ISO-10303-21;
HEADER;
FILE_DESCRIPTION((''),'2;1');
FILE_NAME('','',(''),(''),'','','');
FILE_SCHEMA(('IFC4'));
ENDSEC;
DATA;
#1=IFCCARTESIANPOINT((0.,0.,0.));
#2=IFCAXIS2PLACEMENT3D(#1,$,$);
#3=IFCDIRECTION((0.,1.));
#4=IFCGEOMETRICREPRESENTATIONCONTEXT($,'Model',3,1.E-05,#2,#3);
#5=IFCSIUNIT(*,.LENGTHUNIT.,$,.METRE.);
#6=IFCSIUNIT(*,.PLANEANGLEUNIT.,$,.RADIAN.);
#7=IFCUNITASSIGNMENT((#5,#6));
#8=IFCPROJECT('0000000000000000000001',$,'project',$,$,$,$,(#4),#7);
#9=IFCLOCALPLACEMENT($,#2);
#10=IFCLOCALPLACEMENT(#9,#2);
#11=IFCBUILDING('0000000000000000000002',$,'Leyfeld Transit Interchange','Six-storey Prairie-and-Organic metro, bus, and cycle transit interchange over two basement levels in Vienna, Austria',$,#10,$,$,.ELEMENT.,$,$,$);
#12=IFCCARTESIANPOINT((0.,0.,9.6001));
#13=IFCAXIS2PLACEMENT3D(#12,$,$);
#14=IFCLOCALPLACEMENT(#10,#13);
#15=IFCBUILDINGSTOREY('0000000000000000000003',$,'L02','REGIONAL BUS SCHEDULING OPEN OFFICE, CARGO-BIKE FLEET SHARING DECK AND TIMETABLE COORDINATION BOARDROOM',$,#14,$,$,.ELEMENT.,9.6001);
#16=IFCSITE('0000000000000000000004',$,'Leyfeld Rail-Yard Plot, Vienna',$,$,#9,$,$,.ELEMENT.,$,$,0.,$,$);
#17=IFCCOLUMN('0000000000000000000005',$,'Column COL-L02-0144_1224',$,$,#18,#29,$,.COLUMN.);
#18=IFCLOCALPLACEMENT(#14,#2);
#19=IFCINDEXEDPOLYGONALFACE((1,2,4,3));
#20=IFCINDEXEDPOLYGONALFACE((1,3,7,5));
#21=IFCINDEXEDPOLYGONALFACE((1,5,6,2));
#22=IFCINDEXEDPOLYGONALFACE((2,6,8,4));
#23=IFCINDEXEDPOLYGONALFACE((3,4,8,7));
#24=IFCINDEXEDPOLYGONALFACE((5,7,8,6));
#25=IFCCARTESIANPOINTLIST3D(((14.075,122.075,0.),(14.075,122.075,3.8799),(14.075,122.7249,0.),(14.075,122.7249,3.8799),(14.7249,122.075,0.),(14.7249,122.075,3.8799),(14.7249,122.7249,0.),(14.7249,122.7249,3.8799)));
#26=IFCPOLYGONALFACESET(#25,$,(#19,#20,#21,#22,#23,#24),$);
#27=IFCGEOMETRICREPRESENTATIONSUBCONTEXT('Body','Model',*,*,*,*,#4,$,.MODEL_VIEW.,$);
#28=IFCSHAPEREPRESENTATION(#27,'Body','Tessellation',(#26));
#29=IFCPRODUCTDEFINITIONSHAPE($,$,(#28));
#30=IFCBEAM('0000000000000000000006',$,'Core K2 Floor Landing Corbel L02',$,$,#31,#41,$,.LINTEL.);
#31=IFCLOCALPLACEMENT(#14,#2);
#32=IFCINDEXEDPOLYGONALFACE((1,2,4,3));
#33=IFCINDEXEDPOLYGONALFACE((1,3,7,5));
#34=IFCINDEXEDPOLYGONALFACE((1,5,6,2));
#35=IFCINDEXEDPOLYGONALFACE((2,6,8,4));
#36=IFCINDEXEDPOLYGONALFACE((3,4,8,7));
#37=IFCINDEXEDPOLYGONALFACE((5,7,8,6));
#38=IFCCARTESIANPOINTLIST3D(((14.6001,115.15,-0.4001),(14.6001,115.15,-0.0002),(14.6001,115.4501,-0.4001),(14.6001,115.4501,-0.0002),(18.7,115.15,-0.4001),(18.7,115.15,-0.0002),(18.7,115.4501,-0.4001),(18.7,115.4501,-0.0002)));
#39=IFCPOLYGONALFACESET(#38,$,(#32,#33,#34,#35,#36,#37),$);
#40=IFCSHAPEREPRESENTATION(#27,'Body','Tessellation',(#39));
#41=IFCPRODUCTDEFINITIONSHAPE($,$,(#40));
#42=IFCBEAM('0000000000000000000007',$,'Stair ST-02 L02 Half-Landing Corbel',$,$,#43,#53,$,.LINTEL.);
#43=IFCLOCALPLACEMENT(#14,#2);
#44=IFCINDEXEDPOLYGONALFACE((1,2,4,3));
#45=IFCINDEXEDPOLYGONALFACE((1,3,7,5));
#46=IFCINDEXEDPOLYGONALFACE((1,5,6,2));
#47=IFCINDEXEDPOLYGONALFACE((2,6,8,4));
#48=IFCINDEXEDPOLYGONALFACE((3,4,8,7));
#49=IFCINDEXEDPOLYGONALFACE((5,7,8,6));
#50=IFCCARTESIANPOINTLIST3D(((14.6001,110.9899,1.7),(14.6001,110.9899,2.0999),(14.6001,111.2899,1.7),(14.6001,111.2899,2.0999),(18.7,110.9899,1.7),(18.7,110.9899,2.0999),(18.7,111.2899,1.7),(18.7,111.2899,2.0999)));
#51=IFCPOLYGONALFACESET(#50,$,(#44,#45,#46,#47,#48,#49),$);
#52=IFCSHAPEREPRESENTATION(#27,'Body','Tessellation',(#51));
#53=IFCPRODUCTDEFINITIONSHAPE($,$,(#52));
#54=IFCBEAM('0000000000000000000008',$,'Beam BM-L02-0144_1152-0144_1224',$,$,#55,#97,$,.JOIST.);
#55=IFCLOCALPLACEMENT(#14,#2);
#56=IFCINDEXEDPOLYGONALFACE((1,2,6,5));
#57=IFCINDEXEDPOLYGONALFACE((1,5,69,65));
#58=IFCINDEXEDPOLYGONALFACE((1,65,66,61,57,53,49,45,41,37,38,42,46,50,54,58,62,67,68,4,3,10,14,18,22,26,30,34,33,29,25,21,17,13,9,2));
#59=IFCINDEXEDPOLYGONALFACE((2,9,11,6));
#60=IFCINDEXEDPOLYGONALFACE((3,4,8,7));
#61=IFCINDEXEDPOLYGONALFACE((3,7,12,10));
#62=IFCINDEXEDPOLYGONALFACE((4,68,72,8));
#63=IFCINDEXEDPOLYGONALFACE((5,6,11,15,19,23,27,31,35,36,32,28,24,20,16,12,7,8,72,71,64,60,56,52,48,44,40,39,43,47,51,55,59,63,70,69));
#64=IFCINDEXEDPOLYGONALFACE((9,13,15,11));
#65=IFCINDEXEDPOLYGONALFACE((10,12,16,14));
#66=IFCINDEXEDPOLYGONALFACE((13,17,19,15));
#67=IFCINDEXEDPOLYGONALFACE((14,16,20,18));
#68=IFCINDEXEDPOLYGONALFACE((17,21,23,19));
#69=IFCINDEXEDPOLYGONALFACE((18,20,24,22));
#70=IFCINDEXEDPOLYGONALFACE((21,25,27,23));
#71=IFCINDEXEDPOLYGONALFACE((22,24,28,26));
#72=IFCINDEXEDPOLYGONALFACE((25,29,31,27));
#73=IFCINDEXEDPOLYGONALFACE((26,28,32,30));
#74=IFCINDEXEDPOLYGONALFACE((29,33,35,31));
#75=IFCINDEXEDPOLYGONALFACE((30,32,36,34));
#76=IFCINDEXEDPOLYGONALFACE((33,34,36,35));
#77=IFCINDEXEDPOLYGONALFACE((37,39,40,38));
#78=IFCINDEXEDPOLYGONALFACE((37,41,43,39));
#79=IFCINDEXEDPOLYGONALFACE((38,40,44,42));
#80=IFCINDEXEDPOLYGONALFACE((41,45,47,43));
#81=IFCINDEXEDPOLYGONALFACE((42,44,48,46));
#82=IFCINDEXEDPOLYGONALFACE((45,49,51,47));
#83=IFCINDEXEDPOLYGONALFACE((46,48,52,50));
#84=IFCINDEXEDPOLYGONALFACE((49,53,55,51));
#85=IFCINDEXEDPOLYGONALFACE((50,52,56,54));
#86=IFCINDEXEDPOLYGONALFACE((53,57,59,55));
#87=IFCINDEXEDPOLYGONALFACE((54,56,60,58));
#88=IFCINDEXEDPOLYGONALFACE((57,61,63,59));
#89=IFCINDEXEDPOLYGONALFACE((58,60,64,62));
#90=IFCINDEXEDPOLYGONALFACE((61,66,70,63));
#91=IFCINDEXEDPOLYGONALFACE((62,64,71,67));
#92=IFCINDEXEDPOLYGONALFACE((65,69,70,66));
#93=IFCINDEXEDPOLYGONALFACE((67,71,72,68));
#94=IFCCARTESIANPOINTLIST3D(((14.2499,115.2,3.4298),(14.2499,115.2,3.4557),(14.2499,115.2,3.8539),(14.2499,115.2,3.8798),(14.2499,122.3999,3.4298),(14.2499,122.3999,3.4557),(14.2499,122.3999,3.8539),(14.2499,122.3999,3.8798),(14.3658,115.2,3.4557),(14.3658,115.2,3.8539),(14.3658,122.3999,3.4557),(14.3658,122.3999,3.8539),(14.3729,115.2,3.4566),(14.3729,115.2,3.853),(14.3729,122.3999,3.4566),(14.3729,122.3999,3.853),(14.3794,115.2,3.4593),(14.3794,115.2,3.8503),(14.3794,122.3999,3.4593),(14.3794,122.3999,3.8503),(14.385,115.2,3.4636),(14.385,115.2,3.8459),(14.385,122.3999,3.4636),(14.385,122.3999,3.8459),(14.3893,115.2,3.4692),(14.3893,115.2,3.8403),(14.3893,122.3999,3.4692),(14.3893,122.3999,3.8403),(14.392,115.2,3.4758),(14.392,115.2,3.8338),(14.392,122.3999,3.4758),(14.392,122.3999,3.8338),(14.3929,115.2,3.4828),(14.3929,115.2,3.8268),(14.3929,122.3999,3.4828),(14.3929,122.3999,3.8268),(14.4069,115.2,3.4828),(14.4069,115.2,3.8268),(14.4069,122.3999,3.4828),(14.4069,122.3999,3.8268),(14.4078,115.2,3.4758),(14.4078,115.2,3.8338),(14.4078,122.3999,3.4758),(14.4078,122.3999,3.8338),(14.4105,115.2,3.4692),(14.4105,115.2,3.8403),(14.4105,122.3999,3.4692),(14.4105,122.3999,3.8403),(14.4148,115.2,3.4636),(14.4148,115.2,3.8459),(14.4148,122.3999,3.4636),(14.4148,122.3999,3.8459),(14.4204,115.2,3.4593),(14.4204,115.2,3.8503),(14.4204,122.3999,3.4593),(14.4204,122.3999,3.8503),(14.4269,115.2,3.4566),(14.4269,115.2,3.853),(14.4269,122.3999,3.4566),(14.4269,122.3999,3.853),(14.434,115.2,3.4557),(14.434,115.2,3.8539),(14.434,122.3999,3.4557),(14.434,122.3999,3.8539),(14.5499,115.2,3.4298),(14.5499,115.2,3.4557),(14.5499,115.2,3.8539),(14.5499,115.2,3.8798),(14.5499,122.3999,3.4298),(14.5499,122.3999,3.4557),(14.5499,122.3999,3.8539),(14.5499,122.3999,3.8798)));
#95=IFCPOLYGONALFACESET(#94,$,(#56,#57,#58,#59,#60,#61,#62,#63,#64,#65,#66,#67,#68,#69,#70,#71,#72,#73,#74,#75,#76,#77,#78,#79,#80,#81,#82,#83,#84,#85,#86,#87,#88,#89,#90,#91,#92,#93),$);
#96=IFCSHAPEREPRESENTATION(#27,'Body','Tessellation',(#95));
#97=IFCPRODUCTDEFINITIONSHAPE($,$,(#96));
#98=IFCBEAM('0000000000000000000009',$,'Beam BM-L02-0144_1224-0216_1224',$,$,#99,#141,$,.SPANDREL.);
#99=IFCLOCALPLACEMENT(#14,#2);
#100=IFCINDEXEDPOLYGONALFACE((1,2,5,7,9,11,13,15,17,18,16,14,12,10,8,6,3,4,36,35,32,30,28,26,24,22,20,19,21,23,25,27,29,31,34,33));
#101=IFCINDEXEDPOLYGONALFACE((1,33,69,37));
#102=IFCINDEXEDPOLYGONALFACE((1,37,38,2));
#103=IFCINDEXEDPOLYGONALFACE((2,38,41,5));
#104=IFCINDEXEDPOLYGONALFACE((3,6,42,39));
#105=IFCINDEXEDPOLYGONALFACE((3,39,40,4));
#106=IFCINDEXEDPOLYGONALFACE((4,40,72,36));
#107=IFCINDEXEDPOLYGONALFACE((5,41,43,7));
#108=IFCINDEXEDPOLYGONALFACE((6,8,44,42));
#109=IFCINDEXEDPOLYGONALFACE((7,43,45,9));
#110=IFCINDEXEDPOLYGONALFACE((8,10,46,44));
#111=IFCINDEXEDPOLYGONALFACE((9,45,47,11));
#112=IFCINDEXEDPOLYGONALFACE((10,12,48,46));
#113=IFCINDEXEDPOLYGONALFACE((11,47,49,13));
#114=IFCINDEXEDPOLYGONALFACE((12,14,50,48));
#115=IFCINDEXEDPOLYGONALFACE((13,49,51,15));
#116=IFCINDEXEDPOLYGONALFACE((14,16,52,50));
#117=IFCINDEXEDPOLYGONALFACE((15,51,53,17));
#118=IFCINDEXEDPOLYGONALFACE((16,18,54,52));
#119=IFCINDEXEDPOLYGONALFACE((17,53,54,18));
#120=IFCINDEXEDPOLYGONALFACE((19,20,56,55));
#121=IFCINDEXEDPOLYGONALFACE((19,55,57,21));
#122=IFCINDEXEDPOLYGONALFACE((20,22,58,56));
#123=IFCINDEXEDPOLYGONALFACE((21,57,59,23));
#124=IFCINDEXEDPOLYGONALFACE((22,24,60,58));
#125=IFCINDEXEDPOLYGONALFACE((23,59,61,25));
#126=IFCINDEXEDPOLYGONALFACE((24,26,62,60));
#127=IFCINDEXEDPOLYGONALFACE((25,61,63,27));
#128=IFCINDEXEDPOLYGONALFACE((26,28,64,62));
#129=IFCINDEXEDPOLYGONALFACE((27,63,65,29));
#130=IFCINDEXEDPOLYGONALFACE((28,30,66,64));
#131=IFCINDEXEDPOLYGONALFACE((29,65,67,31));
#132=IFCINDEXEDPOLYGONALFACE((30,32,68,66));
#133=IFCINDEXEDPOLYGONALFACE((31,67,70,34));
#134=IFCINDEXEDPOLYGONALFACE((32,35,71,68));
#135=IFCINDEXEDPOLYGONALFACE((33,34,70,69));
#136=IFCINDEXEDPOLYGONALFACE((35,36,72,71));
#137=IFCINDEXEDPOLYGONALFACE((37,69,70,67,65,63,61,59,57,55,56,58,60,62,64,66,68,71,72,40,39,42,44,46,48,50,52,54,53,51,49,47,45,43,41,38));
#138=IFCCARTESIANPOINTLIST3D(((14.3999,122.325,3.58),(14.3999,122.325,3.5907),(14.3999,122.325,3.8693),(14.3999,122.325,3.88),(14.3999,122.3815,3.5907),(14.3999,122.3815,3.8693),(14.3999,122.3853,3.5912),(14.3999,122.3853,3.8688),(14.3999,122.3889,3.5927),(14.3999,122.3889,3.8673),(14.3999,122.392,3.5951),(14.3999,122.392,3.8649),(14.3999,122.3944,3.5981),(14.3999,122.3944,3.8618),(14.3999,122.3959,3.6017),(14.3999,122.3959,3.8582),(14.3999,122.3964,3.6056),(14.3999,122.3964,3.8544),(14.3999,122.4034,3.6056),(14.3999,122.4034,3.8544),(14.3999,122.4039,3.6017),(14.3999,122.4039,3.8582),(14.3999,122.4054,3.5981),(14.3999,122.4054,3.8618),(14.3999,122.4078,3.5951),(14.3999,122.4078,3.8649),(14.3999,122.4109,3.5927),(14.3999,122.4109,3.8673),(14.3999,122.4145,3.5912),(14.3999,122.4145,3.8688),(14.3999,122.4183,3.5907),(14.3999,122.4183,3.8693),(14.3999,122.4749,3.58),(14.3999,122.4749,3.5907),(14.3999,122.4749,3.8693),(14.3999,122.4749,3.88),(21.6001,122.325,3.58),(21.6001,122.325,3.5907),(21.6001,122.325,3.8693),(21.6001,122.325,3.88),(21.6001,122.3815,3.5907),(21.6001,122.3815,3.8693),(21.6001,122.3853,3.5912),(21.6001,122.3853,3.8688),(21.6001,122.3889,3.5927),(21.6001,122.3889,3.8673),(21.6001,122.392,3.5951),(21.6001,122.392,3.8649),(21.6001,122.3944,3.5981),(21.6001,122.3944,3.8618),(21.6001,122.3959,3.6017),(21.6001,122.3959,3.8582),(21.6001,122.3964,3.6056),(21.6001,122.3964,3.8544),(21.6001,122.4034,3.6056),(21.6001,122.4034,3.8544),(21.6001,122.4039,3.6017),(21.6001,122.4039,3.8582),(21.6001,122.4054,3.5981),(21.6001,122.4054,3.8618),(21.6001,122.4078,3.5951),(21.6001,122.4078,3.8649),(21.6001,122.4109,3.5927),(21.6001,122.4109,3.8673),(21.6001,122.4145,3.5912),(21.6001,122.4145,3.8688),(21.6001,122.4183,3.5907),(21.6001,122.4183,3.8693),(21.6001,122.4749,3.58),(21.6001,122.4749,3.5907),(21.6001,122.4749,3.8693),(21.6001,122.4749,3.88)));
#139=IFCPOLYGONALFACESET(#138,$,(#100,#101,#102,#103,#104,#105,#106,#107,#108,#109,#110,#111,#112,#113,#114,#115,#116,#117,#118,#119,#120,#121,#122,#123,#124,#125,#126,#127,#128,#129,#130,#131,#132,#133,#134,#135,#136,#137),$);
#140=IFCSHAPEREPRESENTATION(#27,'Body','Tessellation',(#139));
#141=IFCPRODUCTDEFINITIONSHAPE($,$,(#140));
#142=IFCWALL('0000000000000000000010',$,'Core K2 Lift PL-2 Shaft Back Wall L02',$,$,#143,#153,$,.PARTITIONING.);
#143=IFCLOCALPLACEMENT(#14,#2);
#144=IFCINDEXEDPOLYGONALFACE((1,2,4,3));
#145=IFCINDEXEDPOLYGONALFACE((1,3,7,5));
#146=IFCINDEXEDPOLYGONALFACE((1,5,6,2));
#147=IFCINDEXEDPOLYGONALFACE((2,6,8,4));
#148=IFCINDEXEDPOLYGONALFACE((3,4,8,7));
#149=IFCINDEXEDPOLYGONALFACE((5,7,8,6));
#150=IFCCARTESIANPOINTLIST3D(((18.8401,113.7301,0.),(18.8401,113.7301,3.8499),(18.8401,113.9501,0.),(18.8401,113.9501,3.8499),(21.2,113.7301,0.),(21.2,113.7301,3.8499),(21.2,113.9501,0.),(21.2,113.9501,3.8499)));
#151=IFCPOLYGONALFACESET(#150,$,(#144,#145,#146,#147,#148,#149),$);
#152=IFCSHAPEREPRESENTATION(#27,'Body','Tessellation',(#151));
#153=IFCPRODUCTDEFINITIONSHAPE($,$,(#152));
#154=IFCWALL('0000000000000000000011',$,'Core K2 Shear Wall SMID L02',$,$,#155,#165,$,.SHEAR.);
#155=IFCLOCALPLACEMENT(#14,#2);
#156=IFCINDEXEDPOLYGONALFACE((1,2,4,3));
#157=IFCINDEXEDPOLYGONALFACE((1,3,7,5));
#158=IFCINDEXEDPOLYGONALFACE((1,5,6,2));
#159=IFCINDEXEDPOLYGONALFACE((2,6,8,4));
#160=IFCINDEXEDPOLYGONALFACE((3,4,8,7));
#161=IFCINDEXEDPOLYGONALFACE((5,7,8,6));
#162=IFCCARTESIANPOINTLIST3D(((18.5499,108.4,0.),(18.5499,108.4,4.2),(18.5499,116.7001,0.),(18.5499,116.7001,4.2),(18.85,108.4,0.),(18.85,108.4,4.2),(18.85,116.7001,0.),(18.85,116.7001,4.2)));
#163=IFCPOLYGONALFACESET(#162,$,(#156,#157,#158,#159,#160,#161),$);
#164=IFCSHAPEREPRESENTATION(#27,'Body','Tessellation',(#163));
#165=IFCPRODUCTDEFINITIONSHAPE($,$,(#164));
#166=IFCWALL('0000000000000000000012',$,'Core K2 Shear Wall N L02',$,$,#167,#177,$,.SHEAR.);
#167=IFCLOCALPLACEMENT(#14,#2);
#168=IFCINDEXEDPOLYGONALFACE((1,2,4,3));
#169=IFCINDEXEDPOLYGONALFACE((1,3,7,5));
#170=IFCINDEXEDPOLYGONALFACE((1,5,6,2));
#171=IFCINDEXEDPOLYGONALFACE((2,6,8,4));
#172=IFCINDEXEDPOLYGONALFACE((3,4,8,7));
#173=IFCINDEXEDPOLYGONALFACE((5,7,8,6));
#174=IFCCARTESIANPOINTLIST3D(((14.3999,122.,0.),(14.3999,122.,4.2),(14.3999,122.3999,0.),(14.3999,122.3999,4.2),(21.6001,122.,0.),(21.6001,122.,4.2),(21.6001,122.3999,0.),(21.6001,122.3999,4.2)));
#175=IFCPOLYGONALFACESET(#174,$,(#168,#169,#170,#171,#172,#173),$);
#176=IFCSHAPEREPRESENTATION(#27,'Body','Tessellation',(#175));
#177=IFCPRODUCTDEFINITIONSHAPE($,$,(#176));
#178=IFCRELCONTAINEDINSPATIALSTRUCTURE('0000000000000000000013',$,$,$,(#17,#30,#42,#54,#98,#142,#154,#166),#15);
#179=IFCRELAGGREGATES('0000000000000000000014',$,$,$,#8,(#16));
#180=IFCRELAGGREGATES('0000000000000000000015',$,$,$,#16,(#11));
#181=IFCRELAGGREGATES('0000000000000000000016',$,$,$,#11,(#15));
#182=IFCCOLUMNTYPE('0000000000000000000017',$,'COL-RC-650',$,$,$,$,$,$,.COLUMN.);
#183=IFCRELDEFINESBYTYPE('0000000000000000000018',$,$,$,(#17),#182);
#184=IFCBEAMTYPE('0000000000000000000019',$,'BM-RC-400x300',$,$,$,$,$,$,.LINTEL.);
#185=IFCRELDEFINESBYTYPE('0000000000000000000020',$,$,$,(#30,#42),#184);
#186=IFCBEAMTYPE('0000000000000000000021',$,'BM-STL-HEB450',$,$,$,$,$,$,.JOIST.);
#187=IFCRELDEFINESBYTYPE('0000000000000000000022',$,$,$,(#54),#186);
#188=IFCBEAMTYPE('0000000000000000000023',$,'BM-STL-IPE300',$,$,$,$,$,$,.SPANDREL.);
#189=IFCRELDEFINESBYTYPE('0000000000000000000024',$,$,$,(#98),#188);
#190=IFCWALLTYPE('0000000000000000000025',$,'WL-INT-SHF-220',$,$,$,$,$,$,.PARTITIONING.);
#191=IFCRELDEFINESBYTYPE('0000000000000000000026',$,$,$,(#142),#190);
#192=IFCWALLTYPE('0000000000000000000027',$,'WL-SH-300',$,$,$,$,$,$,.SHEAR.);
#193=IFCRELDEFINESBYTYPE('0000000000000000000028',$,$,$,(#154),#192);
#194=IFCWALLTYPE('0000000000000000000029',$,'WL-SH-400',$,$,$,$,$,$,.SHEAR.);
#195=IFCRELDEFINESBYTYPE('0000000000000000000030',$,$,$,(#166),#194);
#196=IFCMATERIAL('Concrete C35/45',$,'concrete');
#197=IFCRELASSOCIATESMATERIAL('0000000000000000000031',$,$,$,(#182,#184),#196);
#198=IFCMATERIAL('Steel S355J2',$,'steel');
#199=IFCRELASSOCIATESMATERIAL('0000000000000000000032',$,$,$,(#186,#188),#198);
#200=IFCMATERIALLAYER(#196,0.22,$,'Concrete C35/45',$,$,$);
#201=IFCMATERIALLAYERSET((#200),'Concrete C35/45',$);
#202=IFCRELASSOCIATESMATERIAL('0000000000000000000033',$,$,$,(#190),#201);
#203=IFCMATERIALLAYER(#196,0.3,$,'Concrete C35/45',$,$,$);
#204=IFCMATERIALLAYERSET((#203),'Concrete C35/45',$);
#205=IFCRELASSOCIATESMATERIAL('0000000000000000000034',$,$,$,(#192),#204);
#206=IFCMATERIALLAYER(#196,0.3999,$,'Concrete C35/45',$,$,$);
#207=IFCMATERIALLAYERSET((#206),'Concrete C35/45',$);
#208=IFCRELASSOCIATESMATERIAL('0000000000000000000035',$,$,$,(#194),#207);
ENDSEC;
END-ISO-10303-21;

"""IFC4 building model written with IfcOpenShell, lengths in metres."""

from ifc_helpers import new_model, si_unit, direction, frame, frame_2d, origin, origin_2d, place, context, subcontext, project, spatial, rectangle, i_section, extrude, material, layer, layer_set, material_profile, profile_set, type_object, element, save


model = new_model("IFC4")

# Units and contexts
model_context = context("Model", 3, precision=1e-05, world=origin(), true_north=direction((0.0, 1.0)))
body_context = subcontext(model_context, "Body", "Model", "MODEL_VIEW")
ifc_project = project(units=[si_unit("LENGTHUNIT", "METRE"), si_unit("PLANEANGLEUNIT", "RADIAN")], contexts=[model_context])

# Site, building, storey
site_placement = place(None, origin())
site = spatial("IfcSite", under=ifc_project, at=site_placement, Name="Leyfeld Rail-Yard Plot, Vienna", CompositionType="ELEMENT", RefElevation=0.0)
building_placement = place(site_placement, origin())
building = spatial("IfcBuilding", under=site, at=building_placement, Name="Leyfeld Transit Interchange", Description="Six-storey Prairie-and-Organic metro, bus, and cycle transit interchange over two basement levels in Vienna, Austria", CompositionType="ELEMENT")
storey_placement = place(building_placement, frame((0.0, 0.0, 9.6001)))
storey = spatial("IfcBuildingStorey", under=building, at=storey_placement, Name="L02", Description="REGIONAL BUS SCHEDULING OPEN OFFICE, CARGO-BIKE FLEET SHARING DECK AND TIMETABLE COORDINATION BOARDROOM", CompositionType="ELEMENT", Elevation=9.6001)

# Column
ifc_material_1 = material(Name="Concrete C35/45", Category="concrete")
ifc_material_profile_1 = material_profile(ifc_material_1, rectangle(XDim=0.6499, YDim=0.6499, at=origin_2d()), Name="RC 650x650")
ifc_profile_set_1 = profile_set([ifc_material_profile_1], Name="Concrete C35/45")
column_type = type_object("IfcColumnType", Name="COL-RC-650", PredefinedType="COLUMN", material=ifc_profile_set_1)
column_placement = place(storey_placement, frame((14.3999, 122.3999, 0.0), z_axis=(0.0, 0.0, 1.0), x_axis=(1.0, 0.0, 0.0)))
element("IfcColumn", 1, at=column_placement, inside=storey, type_object=column_type, Name="Column COL-L02-0144_1224", PredefinedType="COLUMN", context=body_context, shape_type="SweptSolid", body=[
    extrude(rectangle(XDim=0.6499, YDim=0.6499, at=origin_2d()), origin(), (0.0, 0.0, 1.0), 3.8799),
])

# Beams
ifc_material_profile_2 = material_profile(ifc_material_1, rectangle(XDim=0.3, YDim=0.3999, at=origin_2d()), Name="RC 400x300")
ifc_profile_set_2 = profile_set([ifc_material_profile_2], Name="Concrete C35/45")
beam_type_1 = type_object("IfcBeamType", Name="BM-RC-400x300", PredefinedType="LINTEL", material=ifc_profile_set_2)
for number, where, z_axis, x_axis, name in (
    (2, (14.6001, 115.3, -0.2002), (1.0, 0.0, 0.0), (0.0, 1.0, 0.0), "Core K2 Floor Landing Corbel L02"),
    (3, (14.6001, 111.1399, 1.8999), (1.0, 0.0, 0.0), (0.0, 1.0, 0.0), "Stair ST-02 L02 Half-Landing Corbel"),
):
    element("IfcBeam", number, at=place(storey_placement, frame(where, z_axis=z_axis, x_axis=x_axis)), inside=storey, type_object=beam_type_1, Name=name, PredefinedType="LINTEL", context=body_context, shape_type="SweptSolid", body=[
        extrude(rectangle(XDim=0.3, YDim=0.3999, at=origin_2d()), origin(), (0.0, 0.0, 1.0), 4.0999),
    ])
ifc_material_2 = material(Name="Steel S355J2", Category="steel")
ifc_material_profile_3 = material_profile(ifc_material_2, i_section(OverallWidth=0.3, OverallDepth=0.45, WebThickness=0.0139, FlangeThickness=0.0259, FilletRadius=0.0271, at=origin_2d()), Name="HEB 450")
ifc_profile_set_3 = profile_set([ifc_material_profile_3], Name="Steel S355J2")
beam_type_2 = type_object("IfcBeamType", Name="BM-STL-HEB450", PredefinedType="JOIST", material=ifc_profile_set_3)
beam_1_placement = place(storey_placement, frame((14.3999, 115.2, 3.6548), z_axis=(0.0, 1.0, 0.0), x_axis=(-1.0, 0.0, 0.0)))
element("IfcBeam", 4, at=beam_1_placement, inside=storey, type_object=beam_type_2, Name="Beam BM-L02-0144_1152-0144_1224", PredefinedType="JOIST", context=body_context, shape_type="SweptSolid", body=[
    extrude(i_section(OverallWidth=0.3, OverallDepth=0.45, WebThickness=0.0139, FlangeThickness=0.0259, FilletRadius=0.0271, at=origin_2d()), origin(), (0.0, 0.0, 1.0), 7.2),
])
ifc_material_profile_4 = material_profile(ifc_material_2, i_section(OverallWidth=0.1499, OverallDepth=0.3, WebThickness=0.0071, FlangeThickness=0.0107, FilletRadius=0.0149, at=origin_2d()), Name="IPE 300")
ifc_profile_set_4 = profile_set([ifc_material_profile_4], Name="Steel S355J2")
beam_type_3 = type_object("IfcBeamType", Name="BM-STL-IPE300", PredefinedType="SPANDREL", material=ifc_profile_set_4)
beam_2_placement = place(storey_placement, frame((14.3999, 122.3999, 3.73), z_axis=(1.0, 0.0, 0.0), x_axis=(0.0, 1.0, 0.0)))
element("IfcBeam", 5, at=beam_2_placement, inside=storey, type_object=beam_type_3, Name="Beam BM-L02-0144_1224-0216_1224", PredefinedType="SPANDREL", context=body_context, shape_type="SweptSolid", body=[
    extrude(i_section(OverallWidth=0.1499, OverallDepth=0.3, WebThickness=0.0071, FlangeThickness=0.0107, FilletRadius=0.0149, at=origin_2d()), origin(), (0.0, 0.0, 1.0), 7.2002),
])

# Walls
ifc_layer_1 = layer(ifc_material_1, 0.22, Name="Concrete C35/45")
ifc_layer_set_1 = layer_set([ifc_layer_1], Name="Concrete C35/45")
wall_type_1 = type_object("IfcWallType", Name="WL-INT-SHF-220", PredefinedType="PARTITIONING", material=ifc_layer_set_1)
wall_1_placement = place(storey_placement, frame((18.8401, 113.8401, 0.0), z_axis=(0.0, 0.0, 1.0), x_axis=(1.0, 0.0, 0.0)))
element("IfcWall", 6, at=wall_1_placement, inside=storey, type_object=wall_type_1, Name="Core K2 Lift PL-2 Shaft Back Wall L02", PredefinedType="PARTITIONING", context=body_context, shape_type="SweptSolid", body=[
    extrude(rectangle(XDim=2.3599, YDim=0.22, at=frame_2d((1.1799, 0.0))), origin(), (0.0, 0.0, 1.0), 3.8499),
])
ifc_layer_2 = layer(ifc_material_1, 0.3, Name="Concrete C35/45")
ifc_layer_set_2 = layer_set([ifc_layer_2], Name="Concrete C35/45")
wall_type_2 = type_object("IfcWallType", Name="WL-SH-300", PredefinedType="SHEAR", material=ifc_layer_set_2)
wall_2_placement = place(storey_placement, frame((18.7, 116.7, 0.0), z_axis=(0.0, 0.0, 1.0), x_axis=(0.0, -1.0, 0.0)))
element("IfcWall", 7, at=wall_2_placement, inside=storey, type_object=wall_type_2, Name="Core K2 Shear Wall SMID L02", PredefinedType="SHEAR", context=body_context, shape_type="SweptSolid", body=[
    extrude(rectangle(XDim=8.3, YDim=0.3, at=frame_2d((4.1499, 0.0))), origin(), (0.0, 0.0, 1.0), 4.2),
])

# Wall
ifc_layer_3 = layer(ifc_material_1, 0.3999, Name="Concrete C35/45")
ifc_layer_set_3 = layer_set([ifc_layer_3], Name="Concrete C35/45")
wall_type_3 = type_object("IfcWallType", Name="WL-SH-400", PredefinedType="SHEAR", material=ifc_layer_set_3)
wall_3_placement = place(storey_placement, frame((14.3999, 122.2, 0.0), z_axis=(0.0, 0.0, 1.0), x_axis=(1.0, 0.0, 0.0)))
element("IfcWall", 8, at=wall_3_placement, inside=storey, type_object=wall_type_3, Name="Core K2 Shear Wall N L02", PredefinedType="SHEAR", context=body_context, shape_type="SweptSolid", body=[
    extrude(rectangle(XDim=7.2002, YDim=0.3999, at=frame_2d((3.6001, 0.0))), origin(), (0.0, 0.0, 1.0), 4.2),
])

save(model, "model.ifc")
